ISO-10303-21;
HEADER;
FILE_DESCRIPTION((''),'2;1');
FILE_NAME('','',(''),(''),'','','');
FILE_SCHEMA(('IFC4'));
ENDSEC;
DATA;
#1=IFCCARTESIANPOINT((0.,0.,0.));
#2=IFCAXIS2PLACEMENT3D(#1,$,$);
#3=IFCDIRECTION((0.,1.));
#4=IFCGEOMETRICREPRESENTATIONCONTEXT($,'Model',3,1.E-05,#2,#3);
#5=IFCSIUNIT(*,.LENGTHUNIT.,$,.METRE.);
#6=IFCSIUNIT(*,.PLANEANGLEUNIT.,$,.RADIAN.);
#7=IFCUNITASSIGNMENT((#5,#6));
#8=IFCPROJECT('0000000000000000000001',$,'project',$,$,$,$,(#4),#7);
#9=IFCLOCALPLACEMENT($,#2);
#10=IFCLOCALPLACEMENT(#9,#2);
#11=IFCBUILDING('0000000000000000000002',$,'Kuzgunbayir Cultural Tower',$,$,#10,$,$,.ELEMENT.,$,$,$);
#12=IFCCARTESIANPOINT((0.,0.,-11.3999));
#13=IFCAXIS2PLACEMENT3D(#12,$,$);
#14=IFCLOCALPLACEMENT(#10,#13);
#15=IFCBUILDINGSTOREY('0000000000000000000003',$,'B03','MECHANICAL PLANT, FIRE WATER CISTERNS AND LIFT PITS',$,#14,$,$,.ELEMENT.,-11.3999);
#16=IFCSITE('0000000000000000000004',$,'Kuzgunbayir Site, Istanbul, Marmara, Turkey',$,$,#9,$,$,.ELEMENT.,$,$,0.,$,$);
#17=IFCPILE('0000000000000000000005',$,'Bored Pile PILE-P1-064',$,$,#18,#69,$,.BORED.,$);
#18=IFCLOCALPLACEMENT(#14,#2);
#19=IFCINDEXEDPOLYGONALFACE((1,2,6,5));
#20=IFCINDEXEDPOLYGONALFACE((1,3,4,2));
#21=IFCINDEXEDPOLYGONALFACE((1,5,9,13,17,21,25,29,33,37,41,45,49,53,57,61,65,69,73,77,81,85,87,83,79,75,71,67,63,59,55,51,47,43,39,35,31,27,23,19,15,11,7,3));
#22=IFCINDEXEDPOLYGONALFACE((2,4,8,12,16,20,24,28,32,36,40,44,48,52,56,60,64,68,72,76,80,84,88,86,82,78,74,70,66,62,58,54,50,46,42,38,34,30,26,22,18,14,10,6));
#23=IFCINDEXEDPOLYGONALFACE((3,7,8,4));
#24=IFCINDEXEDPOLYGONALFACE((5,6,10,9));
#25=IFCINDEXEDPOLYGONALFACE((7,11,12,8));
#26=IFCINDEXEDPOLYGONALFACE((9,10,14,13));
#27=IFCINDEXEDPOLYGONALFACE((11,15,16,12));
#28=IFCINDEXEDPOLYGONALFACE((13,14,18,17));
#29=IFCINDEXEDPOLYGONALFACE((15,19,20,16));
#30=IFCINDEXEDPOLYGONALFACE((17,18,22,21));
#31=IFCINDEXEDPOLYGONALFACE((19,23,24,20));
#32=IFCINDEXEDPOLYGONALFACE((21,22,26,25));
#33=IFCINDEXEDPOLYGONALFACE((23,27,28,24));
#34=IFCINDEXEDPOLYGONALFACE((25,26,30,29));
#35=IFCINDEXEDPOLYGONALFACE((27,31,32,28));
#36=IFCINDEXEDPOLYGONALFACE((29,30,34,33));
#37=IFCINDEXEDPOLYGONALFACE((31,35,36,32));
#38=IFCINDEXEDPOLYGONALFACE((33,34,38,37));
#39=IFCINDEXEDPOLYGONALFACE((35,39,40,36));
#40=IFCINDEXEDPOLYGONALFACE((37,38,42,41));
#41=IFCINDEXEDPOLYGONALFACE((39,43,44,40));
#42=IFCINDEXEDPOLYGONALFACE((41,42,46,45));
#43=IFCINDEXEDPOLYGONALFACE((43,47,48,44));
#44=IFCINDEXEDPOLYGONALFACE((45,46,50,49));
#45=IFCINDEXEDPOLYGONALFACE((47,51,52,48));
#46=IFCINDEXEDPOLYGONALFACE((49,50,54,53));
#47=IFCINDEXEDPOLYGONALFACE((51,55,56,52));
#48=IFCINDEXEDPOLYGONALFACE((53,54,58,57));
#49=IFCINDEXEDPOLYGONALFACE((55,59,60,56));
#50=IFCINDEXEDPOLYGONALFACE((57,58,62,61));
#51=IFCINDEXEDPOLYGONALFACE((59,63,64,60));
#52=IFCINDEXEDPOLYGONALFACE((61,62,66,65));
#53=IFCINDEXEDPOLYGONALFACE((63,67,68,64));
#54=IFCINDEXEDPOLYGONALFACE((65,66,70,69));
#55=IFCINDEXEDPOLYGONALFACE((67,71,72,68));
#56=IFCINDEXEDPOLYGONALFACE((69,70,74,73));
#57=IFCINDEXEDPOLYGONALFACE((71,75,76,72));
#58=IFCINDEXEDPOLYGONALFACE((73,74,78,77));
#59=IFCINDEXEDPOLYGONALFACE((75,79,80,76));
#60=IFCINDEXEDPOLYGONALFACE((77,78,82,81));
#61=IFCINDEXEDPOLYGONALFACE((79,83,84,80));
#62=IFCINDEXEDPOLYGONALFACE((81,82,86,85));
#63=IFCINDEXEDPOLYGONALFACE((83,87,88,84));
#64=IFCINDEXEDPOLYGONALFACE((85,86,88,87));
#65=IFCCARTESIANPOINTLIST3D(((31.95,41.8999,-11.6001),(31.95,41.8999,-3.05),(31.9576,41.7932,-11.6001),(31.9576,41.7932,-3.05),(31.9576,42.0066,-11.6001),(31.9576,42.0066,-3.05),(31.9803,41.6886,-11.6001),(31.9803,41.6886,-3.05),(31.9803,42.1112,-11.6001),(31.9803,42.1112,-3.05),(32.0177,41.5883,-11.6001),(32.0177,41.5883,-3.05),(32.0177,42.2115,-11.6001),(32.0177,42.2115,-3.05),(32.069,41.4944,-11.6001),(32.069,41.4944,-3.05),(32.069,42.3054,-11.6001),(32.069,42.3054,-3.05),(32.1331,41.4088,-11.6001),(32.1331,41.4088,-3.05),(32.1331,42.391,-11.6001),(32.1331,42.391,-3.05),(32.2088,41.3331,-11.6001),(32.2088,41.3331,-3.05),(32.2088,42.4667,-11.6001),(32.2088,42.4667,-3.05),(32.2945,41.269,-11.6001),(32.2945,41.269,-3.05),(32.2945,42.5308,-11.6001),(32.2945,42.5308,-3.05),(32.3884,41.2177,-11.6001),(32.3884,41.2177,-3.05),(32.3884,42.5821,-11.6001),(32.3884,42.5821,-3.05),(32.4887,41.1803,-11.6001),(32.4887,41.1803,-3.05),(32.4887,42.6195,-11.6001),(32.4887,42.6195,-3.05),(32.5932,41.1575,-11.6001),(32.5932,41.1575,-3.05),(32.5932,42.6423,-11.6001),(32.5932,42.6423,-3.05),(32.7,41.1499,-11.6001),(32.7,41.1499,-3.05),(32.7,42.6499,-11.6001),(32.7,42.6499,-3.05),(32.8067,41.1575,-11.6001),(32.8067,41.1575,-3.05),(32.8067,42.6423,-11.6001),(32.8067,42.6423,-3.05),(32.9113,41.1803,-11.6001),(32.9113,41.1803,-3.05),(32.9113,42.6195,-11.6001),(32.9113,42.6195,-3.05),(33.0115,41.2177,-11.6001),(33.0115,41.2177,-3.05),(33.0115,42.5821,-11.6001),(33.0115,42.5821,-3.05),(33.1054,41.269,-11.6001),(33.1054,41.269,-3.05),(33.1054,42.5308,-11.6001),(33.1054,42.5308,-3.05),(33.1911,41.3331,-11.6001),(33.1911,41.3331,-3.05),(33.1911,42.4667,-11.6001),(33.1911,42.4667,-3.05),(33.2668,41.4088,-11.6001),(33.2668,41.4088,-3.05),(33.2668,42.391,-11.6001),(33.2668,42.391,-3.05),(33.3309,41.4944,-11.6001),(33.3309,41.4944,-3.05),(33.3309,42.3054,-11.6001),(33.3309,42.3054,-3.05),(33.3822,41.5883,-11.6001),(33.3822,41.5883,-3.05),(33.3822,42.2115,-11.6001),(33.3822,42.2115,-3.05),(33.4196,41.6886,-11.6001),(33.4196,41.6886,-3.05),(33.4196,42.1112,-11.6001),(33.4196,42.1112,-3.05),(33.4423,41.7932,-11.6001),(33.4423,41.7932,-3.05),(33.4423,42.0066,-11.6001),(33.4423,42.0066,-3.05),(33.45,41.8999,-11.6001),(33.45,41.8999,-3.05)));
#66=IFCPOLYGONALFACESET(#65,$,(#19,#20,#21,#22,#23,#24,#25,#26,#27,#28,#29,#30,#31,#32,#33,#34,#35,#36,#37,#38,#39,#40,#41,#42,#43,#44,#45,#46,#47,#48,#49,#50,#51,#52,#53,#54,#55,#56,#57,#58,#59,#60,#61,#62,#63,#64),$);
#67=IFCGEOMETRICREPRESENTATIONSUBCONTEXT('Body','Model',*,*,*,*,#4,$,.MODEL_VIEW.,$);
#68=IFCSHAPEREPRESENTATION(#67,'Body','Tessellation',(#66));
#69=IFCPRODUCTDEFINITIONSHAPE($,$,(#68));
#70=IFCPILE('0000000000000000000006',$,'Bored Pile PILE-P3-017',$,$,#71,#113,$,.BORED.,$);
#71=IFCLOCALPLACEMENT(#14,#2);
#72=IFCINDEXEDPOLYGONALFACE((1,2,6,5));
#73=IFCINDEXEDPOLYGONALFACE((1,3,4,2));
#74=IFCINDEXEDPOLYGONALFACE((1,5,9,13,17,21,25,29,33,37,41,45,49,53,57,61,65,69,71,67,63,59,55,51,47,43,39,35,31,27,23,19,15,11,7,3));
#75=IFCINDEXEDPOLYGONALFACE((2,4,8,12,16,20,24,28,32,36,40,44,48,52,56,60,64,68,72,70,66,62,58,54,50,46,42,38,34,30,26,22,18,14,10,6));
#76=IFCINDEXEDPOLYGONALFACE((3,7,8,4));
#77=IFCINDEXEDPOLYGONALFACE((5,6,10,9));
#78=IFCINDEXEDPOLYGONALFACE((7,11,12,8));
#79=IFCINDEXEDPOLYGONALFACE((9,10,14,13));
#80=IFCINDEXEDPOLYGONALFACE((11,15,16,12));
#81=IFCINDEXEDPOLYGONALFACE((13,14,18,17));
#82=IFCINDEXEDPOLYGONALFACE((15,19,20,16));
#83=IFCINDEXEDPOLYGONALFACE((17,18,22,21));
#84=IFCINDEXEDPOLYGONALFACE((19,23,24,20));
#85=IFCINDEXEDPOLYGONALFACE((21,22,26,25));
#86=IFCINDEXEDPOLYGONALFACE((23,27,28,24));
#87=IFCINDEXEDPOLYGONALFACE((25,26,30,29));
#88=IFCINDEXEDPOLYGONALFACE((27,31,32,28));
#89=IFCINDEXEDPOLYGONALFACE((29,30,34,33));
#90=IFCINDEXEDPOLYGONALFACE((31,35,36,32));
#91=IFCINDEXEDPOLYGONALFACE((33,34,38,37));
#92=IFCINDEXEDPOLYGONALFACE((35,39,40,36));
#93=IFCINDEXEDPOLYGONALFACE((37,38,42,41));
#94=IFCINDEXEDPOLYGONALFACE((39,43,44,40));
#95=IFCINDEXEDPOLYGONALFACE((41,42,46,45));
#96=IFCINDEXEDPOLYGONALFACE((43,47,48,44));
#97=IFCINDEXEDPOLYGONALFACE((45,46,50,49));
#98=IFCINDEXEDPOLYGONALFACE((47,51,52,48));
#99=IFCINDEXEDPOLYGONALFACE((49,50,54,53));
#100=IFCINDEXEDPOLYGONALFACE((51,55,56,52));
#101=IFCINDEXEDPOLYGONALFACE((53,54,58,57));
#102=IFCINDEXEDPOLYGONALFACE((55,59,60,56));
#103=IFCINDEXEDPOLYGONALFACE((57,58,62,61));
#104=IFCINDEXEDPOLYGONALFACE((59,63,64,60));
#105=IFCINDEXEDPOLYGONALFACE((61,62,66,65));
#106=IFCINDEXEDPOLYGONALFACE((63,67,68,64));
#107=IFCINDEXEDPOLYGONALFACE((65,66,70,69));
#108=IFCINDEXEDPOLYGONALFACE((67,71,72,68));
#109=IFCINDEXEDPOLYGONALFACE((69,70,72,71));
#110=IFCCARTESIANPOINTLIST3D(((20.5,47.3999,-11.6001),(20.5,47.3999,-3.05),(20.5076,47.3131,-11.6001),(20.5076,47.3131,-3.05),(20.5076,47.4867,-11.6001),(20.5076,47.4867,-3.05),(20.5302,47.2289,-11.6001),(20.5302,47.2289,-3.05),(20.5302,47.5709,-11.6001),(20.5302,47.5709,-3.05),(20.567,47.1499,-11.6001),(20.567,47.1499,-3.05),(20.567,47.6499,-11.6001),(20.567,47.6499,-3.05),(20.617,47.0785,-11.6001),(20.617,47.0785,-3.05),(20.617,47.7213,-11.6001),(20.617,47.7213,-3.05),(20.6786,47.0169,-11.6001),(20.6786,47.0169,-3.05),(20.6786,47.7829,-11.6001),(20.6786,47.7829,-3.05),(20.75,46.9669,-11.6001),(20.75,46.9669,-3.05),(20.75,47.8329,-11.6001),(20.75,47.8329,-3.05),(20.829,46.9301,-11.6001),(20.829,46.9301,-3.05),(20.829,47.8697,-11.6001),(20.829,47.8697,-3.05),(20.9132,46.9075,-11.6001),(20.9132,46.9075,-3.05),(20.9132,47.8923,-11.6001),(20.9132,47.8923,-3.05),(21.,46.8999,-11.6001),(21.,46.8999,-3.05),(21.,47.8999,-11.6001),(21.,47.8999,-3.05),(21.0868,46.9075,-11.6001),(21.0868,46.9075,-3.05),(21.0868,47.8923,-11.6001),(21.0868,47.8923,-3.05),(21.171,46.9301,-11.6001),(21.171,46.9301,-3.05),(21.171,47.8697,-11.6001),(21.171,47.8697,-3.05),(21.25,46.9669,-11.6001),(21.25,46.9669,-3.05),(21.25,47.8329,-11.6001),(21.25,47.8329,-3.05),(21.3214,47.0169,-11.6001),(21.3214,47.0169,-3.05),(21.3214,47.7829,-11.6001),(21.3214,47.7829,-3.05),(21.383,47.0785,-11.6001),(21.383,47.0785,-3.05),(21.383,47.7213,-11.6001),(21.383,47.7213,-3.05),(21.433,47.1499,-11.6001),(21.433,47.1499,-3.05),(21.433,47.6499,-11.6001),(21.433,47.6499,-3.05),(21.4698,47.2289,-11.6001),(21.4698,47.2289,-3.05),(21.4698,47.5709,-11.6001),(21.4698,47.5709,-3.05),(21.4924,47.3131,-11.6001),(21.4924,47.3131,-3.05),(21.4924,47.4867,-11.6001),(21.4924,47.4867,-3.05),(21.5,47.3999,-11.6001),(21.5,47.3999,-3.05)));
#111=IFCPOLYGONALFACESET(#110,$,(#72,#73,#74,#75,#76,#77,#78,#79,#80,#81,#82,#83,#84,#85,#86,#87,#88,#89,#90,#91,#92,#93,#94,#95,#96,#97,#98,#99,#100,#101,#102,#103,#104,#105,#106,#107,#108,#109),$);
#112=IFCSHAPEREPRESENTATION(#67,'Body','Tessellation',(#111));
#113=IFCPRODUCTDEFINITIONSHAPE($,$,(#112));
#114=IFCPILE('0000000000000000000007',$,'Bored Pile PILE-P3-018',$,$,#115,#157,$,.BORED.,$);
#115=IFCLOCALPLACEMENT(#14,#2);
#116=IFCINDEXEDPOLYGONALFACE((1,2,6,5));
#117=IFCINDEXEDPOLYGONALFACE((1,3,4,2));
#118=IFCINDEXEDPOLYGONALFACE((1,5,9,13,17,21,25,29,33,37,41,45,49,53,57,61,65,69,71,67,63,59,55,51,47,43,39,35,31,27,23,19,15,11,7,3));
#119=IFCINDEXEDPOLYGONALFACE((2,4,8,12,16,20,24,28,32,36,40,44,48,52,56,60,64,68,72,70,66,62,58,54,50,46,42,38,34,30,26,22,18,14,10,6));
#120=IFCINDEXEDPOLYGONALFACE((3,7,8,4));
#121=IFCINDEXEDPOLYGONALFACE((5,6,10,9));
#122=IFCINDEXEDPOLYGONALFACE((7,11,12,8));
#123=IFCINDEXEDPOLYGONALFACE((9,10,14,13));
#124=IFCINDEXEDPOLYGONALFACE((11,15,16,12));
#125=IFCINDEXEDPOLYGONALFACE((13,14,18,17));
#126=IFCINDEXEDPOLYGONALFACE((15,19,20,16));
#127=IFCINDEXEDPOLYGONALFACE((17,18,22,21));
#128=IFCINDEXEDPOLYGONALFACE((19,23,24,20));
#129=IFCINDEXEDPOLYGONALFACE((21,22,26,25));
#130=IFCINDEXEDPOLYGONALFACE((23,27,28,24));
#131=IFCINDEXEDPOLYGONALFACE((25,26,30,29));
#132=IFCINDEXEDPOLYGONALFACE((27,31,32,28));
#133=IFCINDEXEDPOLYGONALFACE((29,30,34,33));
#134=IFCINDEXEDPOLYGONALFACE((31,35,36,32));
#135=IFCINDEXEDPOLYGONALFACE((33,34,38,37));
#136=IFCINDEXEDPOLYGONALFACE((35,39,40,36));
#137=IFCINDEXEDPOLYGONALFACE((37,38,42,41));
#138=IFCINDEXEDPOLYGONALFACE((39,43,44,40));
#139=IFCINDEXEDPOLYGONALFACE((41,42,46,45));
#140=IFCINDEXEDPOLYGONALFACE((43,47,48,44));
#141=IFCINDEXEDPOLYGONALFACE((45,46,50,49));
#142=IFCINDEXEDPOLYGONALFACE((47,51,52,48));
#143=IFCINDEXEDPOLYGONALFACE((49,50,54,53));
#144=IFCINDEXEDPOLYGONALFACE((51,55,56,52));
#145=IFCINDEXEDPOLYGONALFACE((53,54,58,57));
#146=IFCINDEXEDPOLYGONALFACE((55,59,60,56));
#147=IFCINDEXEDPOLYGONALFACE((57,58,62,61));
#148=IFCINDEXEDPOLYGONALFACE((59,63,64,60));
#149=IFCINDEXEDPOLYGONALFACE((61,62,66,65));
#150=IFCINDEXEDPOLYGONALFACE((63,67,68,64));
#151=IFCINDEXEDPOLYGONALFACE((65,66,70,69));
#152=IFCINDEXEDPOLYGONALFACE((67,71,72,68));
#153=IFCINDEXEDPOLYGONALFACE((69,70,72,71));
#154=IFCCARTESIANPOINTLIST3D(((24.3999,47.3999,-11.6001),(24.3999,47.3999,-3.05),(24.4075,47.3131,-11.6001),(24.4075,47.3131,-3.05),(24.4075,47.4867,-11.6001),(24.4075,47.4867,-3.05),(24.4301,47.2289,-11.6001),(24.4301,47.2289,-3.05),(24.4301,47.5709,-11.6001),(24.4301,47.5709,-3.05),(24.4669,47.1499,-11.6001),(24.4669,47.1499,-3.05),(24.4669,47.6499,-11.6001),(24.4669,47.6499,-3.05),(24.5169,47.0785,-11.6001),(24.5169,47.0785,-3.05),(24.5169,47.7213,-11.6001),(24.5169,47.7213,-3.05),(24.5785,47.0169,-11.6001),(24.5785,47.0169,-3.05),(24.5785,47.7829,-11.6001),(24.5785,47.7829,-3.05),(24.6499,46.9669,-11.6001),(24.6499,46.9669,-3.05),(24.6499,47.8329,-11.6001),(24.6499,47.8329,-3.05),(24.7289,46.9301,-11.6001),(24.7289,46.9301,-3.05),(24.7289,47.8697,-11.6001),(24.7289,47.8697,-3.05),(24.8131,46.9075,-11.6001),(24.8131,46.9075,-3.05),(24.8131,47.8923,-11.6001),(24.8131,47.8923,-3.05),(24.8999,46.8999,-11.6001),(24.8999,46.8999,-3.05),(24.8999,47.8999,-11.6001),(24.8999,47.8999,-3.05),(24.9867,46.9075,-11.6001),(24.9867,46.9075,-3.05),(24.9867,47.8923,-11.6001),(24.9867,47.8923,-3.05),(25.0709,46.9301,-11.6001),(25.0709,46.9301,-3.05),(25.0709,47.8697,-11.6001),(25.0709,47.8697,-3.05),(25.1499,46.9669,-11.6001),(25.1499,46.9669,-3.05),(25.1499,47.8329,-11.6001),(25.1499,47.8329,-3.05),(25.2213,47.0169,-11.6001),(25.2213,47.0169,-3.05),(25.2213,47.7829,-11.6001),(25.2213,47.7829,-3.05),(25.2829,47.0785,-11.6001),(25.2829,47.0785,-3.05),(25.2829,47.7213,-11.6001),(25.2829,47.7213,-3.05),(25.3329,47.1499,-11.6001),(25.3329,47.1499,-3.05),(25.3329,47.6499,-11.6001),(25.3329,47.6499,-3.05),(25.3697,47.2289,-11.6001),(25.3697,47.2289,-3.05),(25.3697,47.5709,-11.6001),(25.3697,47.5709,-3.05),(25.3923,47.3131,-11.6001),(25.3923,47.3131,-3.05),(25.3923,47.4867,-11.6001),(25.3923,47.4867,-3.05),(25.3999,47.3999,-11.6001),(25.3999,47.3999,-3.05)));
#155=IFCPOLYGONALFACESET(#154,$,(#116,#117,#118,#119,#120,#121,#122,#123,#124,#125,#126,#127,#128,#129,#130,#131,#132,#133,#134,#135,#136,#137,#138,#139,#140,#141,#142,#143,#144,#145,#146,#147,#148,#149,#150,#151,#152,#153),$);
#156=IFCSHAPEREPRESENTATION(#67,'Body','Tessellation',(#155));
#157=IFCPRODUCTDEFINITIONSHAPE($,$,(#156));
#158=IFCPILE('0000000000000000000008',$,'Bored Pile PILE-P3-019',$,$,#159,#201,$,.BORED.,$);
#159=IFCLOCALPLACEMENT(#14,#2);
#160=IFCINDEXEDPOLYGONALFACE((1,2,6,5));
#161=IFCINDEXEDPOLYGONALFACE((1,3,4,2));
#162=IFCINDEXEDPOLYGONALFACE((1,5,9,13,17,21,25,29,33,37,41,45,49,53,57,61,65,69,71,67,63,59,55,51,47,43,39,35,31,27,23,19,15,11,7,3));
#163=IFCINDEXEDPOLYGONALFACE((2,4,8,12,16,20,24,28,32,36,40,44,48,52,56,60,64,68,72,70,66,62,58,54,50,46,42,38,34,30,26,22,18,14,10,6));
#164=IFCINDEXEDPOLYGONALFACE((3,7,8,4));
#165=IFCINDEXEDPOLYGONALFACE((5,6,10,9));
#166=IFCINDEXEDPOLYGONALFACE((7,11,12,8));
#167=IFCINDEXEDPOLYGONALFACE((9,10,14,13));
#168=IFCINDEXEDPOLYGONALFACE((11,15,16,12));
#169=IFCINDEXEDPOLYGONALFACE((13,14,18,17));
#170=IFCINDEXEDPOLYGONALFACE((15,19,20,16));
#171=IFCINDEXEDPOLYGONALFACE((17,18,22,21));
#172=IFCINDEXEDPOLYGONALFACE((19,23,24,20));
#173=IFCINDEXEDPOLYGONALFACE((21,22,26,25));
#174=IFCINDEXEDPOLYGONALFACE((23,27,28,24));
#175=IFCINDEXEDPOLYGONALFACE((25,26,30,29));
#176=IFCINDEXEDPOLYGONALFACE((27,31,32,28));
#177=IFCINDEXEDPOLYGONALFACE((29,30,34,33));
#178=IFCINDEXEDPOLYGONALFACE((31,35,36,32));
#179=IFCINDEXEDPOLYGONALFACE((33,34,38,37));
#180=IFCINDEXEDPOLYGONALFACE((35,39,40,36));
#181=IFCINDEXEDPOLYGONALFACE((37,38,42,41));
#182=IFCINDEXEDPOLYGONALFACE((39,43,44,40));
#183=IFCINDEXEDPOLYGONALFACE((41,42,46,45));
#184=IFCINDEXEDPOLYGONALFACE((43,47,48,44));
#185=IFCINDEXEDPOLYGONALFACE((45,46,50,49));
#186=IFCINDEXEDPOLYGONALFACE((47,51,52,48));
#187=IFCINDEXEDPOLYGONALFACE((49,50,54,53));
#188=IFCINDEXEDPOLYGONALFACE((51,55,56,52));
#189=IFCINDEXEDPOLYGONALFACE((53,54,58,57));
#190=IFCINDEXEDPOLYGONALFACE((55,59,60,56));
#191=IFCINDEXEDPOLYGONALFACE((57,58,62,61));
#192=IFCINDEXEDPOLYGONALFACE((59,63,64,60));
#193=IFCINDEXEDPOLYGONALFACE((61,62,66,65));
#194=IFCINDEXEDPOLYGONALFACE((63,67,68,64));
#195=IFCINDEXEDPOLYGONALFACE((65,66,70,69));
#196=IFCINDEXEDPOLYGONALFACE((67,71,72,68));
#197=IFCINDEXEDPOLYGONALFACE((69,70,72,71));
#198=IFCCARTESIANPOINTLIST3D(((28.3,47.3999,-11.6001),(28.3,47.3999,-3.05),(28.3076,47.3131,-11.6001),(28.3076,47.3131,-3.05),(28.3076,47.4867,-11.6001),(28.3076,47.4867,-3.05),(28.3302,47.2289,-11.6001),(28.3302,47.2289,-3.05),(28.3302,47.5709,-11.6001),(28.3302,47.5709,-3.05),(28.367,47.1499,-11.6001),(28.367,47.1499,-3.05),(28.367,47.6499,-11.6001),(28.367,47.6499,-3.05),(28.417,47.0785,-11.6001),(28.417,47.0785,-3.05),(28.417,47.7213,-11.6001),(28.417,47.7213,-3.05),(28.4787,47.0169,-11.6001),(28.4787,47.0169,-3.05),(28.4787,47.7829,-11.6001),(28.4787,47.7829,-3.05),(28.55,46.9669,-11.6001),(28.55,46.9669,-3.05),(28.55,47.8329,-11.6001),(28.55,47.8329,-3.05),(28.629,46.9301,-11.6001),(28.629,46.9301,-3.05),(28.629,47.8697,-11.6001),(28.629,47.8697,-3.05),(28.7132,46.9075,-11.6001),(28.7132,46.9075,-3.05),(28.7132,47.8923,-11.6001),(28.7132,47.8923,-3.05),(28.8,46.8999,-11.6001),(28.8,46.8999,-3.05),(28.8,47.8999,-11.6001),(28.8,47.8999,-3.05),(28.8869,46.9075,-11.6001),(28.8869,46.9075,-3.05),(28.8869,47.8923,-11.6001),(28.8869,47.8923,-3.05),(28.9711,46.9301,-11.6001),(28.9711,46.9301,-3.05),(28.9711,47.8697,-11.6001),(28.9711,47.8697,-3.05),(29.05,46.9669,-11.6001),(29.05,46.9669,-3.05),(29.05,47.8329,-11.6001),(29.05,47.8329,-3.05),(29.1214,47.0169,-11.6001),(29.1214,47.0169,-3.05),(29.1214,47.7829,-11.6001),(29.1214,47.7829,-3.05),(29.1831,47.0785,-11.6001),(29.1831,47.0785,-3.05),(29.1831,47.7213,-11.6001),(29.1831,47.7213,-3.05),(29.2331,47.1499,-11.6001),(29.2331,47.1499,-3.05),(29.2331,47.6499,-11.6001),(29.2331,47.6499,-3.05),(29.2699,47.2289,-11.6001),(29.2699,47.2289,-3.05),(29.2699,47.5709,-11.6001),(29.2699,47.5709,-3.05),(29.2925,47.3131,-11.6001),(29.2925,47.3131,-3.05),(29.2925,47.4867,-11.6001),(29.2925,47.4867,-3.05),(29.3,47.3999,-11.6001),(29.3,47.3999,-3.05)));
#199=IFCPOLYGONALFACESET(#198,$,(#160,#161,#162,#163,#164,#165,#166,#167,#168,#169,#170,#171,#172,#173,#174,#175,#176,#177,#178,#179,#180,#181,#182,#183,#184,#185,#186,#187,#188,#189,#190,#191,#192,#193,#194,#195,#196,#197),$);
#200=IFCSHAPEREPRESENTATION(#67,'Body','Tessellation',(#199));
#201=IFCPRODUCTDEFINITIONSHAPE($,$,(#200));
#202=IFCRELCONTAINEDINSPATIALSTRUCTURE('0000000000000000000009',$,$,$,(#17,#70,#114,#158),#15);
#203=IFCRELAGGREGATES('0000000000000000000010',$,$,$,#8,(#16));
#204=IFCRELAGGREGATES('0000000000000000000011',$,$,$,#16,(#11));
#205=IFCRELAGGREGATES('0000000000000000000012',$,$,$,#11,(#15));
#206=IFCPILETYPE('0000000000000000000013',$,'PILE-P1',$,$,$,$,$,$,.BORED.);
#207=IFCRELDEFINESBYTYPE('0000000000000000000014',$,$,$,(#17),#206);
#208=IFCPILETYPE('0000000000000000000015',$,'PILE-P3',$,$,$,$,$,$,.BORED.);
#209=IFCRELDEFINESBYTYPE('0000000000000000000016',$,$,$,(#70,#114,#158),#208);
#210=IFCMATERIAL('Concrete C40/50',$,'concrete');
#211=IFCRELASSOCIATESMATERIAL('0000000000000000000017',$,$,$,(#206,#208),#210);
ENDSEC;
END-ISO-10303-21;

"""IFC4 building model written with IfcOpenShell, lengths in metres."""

from ifc_helpers import new_model, si_unit, direction, frame, origin, origin_2d, place, context, subcontext, project, spatial, circle, extrude, material, material_profile, profile_set, type_object, element, save


model = new_model("IFC4")

# Units and contexts
model_context = context("Model", 3, precision=1e-05, world=origin(), true_north=direction((0.0, 1.0)))
body_context = subcontext(model_context, "Body", "Model", "MODEL_VIEW")
ifc_project = project(units=[si_unit("LENGTHUNIT", "METRE"), si_unit("PLANEANGLEUNIT", "RADIAN")], contexts=[model_context])

# Site, building, storey
site_placement = place(None, origin())
site = spatial("IfcSite", under=ifc_project, at=site_placement, Name="Kuzgunbayir Site, Istanbul, Marmara, Turkey", CompositionType="ELEMENT", RefElevation=0.0)
building_placement = place(site_placement, origin())
building = spatial("IfcBuilding", under=site, at=building_placement, Name="Kuzgunbayir Cultural Tower", CompositionType="ELEMENT")
storey_placement = place(building_placement, frame((0.0, 0.0, -11.3999)))
storey = spatial("IfcBuildingStorey", under=building, at=storey_placement, Name="B03", Description="MECHANICAL PLANT, FIRE WATER CISTERNS AND LIFT PITS", CompositionType="ELEMENT", Elevation=-11.3999)

# Piles
ifc_material_1 = material(Name="Concrete C40/50", Category="concrete")
ifc_material_profile_1 = material_profile(ifc_material_1, circle(Radius=0.75, at=origin_2d()), Name="BORED PILE 1500")
ifc_profile_set_1 = profile_set([ifc_material_profile_1], Name="Concrete C40/50")
pile_type_1 = type_object("IfcPileType", Name="PILE-P1", PredefinedType="BORED", material=ifc_profile_set_1)
for number, where, z_axis, x_axis, name in (
    (1, (32.7, 41.8999, -3.05), (0.0, 0.0, -1.0), (1.0, 0.0, 0.0), "Bored Pile PILE-P1-064"),
):
    element("IfcPile", number, at=place(storey_placement, frame(where, z_axis=z_axis, x_axis=x_axis)), inside=storey, type_object=pile_type_1, Name=name, PredefinedType="BORED", context=body_context, shape_type="SweptSolid", body=[
        extrude(circle(Radius=0.75, at=origin_2d()), origin(), (0.0, 0.0, 1.0), 8.55),
    ])
ifc_material_profile_2 = material_profile(ifc_material_1, circle(Radius=0.5, at=origin_2d()), Name="BORED PILE 1000")
ifc_profile_set_2 = profile_set([ifc_material_profile_2], Name="Concrete C40/50")
pile_type_2 = type_object("IfcPileType", Name="PILE-P3", PredefinedType="BORED", material=ifc_profile_set_2)
for number, where, z_axis, x_axis, name in (
    (2, (21.0, 47.3999, -3.05), (0.0, 0.0, -1.0), (1.0, 0.0, 0.0), "Bored Pile PILE-P3-017"),
    (3, (24.8999, 47.3999, -3.05), (0.0, 0.0, -1.0), (1.0, 0.0, 0.0), "Bored Pile PILE-P3-018"),
    (4, (28.8, 47.3999, -3.05), (0.0, 0.0, -1.0), (1.0, 0.0, 0.0), "Bored Pile PILE-P3-019"),
):
    element("IfcPile", number, at=place(storey_placement, frame(where, z_axis=z_axis, x_axis=x_axis)), inside=storey, type_object=pile_type_2, Name=name, PredefinedType="BORED", context=body_context, shape_type="SweptSolid", body=[
        extrude(circle(Radius=0.5, at=origin_2d()), origin(), (0.0, 0.0, 1.0), 8.55),
    ])

save(model, "model.ifc")
